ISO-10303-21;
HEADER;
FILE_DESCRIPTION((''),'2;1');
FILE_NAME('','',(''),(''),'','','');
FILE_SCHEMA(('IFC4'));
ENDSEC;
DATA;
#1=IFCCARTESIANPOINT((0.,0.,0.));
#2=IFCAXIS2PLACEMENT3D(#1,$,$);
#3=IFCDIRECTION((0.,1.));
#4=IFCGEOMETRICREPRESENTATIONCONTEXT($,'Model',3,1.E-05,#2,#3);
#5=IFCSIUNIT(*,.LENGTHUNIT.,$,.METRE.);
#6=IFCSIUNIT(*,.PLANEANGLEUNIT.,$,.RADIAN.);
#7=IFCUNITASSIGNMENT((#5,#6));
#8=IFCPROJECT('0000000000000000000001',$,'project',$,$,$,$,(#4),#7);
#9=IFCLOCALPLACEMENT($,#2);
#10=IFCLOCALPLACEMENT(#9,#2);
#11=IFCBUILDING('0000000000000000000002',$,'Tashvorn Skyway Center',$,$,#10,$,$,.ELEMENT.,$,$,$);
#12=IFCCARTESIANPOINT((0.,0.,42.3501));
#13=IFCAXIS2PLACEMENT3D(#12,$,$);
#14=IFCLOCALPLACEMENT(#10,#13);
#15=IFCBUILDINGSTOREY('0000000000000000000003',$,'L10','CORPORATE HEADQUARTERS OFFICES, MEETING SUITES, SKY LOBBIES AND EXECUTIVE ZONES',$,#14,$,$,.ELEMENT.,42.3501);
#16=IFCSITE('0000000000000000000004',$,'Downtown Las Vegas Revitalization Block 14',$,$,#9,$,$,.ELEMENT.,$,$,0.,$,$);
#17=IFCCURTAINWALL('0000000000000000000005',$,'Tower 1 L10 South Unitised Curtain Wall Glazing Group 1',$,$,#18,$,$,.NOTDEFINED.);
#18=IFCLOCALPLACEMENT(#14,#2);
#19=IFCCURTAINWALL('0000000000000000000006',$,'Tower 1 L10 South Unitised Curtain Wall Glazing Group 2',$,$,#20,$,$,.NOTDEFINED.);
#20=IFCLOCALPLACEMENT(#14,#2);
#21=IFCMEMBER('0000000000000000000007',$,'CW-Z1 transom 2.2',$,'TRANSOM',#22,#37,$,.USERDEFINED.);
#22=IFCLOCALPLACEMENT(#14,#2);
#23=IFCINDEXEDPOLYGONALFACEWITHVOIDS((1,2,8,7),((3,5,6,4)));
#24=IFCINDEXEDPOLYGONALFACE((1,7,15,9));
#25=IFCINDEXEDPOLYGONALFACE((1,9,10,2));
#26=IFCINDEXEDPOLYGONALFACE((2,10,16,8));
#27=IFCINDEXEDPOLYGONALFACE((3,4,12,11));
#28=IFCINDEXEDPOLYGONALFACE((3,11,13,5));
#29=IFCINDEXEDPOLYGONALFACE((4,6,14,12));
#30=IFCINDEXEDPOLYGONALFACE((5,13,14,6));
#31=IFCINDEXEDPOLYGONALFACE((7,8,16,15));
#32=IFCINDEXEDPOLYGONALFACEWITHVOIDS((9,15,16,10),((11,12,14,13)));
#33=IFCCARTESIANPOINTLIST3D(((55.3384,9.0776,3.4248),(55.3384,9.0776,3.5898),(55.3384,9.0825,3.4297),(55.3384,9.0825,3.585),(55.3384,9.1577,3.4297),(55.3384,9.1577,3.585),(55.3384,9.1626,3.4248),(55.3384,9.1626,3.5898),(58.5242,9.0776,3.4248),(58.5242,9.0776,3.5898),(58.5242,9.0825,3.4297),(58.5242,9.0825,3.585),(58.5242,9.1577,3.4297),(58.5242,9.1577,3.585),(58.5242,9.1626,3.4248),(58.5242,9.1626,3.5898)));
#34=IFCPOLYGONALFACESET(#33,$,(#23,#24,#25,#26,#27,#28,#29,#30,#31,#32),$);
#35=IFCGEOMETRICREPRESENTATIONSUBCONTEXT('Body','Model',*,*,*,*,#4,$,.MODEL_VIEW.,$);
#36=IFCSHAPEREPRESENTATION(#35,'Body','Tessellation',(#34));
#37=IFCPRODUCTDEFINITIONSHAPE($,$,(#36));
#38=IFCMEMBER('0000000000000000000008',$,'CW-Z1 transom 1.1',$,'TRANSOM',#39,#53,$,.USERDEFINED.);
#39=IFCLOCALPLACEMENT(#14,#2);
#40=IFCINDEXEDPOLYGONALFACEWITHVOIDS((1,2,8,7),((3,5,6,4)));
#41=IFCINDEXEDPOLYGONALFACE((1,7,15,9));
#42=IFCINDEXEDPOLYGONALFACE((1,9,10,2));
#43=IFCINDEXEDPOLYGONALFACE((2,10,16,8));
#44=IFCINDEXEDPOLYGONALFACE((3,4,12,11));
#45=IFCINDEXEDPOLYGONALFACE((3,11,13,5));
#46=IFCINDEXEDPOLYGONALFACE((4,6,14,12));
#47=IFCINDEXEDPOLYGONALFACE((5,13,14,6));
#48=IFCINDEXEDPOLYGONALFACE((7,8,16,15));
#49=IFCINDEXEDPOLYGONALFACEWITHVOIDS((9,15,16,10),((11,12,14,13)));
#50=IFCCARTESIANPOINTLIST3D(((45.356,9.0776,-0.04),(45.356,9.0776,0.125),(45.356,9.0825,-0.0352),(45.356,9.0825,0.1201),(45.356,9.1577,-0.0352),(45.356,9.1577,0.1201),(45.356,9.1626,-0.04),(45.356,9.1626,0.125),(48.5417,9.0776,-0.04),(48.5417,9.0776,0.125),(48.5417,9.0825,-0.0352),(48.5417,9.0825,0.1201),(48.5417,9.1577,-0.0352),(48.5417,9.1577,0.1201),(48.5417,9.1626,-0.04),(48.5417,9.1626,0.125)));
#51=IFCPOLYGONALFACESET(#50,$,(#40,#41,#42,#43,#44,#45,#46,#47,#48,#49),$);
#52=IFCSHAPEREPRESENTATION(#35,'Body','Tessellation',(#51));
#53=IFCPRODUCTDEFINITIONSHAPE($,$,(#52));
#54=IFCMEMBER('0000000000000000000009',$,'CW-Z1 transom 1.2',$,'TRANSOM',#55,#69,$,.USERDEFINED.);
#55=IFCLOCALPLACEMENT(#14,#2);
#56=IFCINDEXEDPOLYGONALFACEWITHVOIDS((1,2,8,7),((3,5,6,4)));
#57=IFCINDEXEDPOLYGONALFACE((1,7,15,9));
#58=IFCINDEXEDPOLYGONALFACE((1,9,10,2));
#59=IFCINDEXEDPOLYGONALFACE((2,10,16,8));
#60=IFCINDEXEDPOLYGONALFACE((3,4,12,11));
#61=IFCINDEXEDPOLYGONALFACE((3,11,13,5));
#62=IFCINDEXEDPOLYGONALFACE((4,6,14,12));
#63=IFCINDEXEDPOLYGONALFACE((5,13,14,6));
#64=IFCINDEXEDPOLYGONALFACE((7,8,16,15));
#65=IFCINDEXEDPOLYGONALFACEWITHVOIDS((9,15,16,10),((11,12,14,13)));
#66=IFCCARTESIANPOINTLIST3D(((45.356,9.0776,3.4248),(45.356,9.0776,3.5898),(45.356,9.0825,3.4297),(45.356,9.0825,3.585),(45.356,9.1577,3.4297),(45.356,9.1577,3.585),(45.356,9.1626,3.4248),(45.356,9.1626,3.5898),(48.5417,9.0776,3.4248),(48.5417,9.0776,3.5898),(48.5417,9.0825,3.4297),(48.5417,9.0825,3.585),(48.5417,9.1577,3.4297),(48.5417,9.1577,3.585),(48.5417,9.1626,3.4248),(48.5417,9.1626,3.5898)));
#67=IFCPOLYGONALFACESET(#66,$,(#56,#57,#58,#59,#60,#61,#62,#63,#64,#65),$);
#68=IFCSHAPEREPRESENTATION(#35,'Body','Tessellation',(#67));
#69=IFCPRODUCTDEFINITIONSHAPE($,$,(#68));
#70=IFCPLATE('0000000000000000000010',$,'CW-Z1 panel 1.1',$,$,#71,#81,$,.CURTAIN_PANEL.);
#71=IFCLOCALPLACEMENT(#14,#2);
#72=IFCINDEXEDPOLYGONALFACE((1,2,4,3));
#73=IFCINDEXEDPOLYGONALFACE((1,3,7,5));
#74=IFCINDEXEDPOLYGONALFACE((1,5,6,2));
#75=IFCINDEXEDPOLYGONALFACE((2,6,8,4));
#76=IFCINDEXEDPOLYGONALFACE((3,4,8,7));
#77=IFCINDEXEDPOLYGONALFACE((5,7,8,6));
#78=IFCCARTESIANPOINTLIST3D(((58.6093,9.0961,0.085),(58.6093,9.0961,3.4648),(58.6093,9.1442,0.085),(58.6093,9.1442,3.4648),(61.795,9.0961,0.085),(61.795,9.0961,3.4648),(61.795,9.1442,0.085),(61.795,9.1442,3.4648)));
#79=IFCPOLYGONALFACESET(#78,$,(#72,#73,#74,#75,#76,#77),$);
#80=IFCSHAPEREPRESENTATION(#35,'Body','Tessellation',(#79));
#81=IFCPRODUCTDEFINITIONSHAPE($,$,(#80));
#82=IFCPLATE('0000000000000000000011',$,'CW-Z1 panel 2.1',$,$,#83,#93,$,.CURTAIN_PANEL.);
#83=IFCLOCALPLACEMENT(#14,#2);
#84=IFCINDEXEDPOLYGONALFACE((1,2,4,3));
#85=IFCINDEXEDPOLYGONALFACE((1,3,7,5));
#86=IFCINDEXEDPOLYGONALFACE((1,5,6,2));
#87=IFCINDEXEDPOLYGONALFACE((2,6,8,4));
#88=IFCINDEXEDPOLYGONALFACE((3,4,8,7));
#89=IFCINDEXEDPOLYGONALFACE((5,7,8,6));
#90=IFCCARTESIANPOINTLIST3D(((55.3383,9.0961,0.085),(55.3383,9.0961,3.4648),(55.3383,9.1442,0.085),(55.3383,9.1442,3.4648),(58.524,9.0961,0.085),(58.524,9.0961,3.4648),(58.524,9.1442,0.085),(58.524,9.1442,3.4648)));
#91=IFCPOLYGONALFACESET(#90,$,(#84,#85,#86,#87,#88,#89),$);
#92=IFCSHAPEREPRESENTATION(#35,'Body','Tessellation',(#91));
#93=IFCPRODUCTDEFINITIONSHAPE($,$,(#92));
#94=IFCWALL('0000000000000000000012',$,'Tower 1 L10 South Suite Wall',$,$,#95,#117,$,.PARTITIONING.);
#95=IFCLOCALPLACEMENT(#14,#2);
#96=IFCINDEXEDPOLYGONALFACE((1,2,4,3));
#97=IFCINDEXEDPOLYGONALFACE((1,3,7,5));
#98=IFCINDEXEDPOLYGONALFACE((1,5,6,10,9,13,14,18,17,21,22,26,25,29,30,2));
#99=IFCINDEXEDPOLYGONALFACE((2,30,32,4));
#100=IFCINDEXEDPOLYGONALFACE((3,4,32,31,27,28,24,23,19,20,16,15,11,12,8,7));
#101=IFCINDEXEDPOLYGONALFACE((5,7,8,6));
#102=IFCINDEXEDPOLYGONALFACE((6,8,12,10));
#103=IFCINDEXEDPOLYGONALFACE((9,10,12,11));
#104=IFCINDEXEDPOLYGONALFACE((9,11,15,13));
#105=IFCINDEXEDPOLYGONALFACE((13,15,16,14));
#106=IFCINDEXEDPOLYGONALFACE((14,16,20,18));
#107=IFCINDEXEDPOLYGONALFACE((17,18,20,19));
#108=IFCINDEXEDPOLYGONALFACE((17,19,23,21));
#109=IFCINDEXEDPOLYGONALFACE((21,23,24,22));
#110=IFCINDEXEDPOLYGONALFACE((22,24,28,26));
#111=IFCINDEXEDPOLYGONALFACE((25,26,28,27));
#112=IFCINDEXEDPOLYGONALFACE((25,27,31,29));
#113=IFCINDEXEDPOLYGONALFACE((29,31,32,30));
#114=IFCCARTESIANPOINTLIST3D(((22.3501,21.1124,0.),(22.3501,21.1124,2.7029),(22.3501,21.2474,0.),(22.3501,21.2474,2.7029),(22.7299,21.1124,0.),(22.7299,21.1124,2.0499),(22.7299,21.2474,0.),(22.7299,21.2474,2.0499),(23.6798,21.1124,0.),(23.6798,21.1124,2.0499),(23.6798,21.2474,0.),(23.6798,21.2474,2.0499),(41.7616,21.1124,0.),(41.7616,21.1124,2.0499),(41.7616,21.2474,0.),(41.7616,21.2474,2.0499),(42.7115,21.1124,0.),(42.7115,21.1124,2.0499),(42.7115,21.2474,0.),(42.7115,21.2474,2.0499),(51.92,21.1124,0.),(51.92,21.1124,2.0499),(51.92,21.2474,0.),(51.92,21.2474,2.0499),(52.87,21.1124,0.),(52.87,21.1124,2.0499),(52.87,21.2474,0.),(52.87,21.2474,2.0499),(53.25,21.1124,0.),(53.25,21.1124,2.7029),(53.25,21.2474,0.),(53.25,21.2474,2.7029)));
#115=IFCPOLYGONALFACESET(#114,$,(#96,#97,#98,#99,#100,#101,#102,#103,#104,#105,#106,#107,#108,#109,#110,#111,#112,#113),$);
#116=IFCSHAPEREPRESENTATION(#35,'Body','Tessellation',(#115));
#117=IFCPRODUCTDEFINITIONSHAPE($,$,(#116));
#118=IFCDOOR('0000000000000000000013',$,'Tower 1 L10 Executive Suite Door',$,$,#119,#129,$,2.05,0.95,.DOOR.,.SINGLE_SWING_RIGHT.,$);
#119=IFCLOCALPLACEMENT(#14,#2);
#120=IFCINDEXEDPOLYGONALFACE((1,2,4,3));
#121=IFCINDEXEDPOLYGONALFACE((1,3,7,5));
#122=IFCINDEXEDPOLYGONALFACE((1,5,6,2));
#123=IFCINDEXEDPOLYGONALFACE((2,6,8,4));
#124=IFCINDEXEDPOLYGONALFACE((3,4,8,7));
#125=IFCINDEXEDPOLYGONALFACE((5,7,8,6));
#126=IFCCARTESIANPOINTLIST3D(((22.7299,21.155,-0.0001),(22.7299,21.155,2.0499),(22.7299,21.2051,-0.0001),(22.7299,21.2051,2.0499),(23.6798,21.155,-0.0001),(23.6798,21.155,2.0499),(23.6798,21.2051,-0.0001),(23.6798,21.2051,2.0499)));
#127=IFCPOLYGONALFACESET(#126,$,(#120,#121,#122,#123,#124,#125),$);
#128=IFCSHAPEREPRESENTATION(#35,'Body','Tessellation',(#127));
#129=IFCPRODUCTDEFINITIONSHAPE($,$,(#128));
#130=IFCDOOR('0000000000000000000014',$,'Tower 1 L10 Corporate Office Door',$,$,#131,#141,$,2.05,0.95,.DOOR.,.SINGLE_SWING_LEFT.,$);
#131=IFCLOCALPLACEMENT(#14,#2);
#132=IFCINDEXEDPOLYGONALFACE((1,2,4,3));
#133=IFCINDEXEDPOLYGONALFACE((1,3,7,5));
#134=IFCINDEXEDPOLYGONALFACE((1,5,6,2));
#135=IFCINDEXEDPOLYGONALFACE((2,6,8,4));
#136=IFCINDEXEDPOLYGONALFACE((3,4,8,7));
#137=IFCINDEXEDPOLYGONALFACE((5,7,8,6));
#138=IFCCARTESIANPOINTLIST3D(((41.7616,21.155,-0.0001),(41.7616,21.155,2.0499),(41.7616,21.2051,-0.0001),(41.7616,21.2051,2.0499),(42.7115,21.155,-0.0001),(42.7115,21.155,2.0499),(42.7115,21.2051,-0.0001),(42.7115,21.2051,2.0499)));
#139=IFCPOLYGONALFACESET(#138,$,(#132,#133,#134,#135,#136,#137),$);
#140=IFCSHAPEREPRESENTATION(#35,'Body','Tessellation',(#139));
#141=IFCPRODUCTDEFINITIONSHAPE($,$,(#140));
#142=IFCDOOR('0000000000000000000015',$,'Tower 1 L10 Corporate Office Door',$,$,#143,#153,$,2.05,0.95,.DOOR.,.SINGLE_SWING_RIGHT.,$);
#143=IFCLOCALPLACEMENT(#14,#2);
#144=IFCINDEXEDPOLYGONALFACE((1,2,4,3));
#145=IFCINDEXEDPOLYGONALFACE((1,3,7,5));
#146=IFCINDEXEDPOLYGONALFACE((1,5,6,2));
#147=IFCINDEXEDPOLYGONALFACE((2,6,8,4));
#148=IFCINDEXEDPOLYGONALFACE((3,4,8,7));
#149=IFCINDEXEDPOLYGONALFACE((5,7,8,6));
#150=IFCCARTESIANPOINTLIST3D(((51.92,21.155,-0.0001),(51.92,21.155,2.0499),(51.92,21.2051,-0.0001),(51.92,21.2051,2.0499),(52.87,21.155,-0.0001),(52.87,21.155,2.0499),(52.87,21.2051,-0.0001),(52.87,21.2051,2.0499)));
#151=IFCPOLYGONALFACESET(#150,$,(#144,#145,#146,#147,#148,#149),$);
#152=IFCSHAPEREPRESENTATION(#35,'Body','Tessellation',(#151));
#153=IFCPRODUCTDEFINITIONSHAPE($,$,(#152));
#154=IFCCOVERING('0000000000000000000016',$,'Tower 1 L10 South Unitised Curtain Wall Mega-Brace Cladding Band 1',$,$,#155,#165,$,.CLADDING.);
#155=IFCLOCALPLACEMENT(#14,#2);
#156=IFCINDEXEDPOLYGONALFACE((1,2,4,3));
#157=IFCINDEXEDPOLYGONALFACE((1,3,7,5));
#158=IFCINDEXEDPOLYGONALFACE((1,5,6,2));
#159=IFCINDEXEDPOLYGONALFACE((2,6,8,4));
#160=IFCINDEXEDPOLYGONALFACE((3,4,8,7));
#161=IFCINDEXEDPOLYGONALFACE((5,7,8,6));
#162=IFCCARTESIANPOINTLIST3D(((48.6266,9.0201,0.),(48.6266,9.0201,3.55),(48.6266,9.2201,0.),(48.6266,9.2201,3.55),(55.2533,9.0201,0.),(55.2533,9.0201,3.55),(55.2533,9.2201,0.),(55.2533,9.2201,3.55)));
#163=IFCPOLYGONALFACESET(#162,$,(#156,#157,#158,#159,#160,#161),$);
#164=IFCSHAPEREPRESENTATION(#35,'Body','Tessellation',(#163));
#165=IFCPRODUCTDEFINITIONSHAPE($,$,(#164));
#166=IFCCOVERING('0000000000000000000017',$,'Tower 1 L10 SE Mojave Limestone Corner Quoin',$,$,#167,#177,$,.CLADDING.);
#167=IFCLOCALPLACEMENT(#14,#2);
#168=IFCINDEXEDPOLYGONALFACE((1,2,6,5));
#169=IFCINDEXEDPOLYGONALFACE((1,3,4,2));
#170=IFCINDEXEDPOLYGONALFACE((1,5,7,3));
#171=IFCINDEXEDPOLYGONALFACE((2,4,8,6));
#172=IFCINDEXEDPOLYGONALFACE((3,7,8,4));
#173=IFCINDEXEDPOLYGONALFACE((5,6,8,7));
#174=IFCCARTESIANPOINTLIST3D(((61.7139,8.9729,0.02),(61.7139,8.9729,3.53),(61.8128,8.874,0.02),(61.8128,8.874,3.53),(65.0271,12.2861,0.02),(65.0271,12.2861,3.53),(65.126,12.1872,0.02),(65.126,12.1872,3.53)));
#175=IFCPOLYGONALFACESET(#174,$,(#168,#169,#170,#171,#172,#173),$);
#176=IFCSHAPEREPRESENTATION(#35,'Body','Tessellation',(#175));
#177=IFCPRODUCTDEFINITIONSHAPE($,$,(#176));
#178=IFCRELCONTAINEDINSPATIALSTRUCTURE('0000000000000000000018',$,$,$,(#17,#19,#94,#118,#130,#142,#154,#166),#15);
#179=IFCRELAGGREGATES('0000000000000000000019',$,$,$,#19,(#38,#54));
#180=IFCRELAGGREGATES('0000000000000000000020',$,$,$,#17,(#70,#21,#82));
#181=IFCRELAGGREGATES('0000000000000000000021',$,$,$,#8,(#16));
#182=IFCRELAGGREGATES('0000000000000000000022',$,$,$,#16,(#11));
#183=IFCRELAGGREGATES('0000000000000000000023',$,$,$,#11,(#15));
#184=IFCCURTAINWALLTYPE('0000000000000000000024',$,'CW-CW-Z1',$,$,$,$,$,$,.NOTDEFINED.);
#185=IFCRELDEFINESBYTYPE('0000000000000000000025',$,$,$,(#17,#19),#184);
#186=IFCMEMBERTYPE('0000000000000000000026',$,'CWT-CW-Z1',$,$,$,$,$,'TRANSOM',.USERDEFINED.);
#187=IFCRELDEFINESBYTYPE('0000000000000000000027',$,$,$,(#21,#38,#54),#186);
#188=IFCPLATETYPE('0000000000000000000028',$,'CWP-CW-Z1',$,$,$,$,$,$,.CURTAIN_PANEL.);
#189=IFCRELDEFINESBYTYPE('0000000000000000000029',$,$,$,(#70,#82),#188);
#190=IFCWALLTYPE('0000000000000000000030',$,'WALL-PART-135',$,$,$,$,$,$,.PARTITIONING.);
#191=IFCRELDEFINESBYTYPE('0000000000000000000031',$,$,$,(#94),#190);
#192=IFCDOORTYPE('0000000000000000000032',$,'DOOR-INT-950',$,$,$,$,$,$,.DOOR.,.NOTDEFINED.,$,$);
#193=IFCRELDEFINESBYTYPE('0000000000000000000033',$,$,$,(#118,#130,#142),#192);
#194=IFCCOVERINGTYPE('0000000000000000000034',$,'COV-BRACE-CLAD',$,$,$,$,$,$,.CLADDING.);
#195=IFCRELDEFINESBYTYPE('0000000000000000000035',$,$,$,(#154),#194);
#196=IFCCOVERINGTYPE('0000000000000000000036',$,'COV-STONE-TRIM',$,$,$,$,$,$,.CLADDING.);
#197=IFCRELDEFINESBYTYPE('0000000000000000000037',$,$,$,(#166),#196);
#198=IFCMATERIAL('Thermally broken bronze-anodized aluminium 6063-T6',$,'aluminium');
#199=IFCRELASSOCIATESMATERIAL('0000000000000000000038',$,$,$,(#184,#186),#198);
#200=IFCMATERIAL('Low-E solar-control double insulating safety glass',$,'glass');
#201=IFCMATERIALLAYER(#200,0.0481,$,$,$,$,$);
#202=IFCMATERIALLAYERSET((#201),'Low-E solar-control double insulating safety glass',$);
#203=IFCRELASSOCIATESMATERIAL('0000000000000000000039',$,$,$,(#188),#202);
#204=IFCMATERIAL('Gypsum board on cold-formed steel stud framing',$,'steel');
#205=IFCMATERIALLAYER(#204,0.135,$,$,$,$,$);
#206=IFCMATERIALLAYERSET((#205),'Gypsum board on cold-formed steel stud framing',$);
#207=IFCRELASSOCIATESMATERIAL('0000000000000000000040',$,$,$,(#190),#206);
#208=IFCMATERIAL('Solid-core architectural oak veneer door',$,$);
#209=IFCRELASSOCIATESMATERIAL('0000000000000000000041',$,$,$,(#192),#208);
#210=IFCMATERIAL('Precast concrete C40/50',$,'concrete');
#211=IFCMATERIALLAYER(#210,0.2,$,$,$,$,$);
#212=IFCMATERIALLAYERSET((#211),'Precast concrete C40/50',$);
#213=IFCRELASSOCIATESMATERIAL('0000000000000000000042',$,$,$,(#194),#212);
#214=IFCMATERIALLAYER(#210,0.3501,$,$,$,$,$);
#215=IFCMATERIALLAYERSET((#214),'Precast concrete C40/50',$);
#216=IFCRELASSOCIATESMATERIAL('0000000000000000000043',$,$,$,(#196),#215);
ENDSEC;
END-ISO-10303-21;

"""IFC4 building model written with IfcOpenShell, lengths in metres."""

from ifc_helpers import new_model, si_unit, direction, frame, frame_2d, origin, origin_2d, place, context, subcontext, project, spatial, rectangle, hollow_rectangle, extrude, material, layer, layer_set, material_profile, profile_set, type_object, element, fill, aggregate, save


model = new_model("IFC4")

# Units and contexts
model_context = context("Model", 3, precision=1e-05, world=origin(), true_north=direction((0.0, 1.0)))
body_context = subcontext(model_context, "Body", "Model", "MODEL_VIEW")
ifc_project = project(units=[si_unit("LENGTHUNIT", "METRE"), si_unit("PLANEANGLEUNIT", "RADIAN")], contexts=[model_context])

# Site, building, storey
site_placement = place(None, origin())
site = spatial("IfcSite", under=ifc_project, at=site_placement, Name="Downtown Las Vegas Revitalization Block 14", CompositionType="ELEMENT", RefElevation=0.0)
building_placement = place(site_placement, origin())
building = spatial("IfcBuilding", under=site, at=building_placement, Name="Tashvorn Skyway Center", CompositionType="ELEMENT")
storey_placement = place(building_placement, frame((0.0, 0.0, 42.3501)))
storey = spatial("IfcBuildingStorey", under=building, at=storey_placement, Name="L10", Description="CORPORATE HEADQUARTERS OFFICES, MEETING SUITES, SKY LOBBIES AND EXECUTIVE ZONES", CompositionType="ELEMENT", Elevation=42.3501)

# Curtain wall
ifc_material_1 = material(Name="Thermally broken bronze-anodized aluminium 6063-T6", Category="aluminium")
curtain_wall_type = type_object("IfcCurtainWallType", Name="CW-CW-Z1", PredefinedType="NOTDEFINED", material=ifc_material_1)
curtain_wall_1_placement = place(storey_placement, origin())
curtain_wall_1 = element("IfcCurtainWall", 1, at=curtain_wall_1_placement, inside=storey, type_object=curtain_wall_type, Name="Tower 1 L10 South Unitised Curtain Wall Glazing Group 1", PredefinedType="NOTDEFINED")

# Curtain wall
curtain_wall_2_placement = place(storey_placement, origin())
curtain_wall_2 = element("IfcCurtainWall", 2, at=curtain_wall_2_placement, inside=storey, type_object=curtain_wall_type, Name="Tower 1 L10 South Unitised Curtain Wall Glazing Group 2", PredefinedType="NOTDEFINED")

# Members
ifc_material_profile_1 = material_profile(ifc_material_1, hollow_rectangle(XDim=0.085, YDim=0.165, WallThickness=0.0049, at=origin_2d()), Name="ALU-TRAN-85x165")
ifc_profile_set_1 = profile_set([ifc_material_profile_1], Name="Thermally broken bronze-anodized aluminium 6063-T6")
member_type_1 = type_object("IfcMemberType", Name="CWT-CW-Z1", ElementType="TRANSOM", PredefinedType="USERDEFINED", material=ifc_profile_set_1)
member_1_placement = place(storey_placement, frame((58.5242, 9.1201, 3.5073), z_axis=(-1.0, 0.0, 0.0), x_axis=(0.0, -1.0, 0.0)))
member_1 = element("IfcMember", 3, at=member_1_placement, type_object=member_type_1, Name="CW-Z1 transom 2.2", ObjectType="TRANSOM", PredefinedType="USERDEFINED", context=body_context, shape_type="SweptSolid", body=[
    extrude(hollow_rectangle(XDim=0.085, YDim=0.165, WallThickness=0.0049, at=origin_2d()), origin(), (0.0, 0.0, 1.0), 3.1858),
])
member_2_placement = place(storey_placement, frame((48.5417, 9.1201, 0.0425), z_axis=(-1.0, 0.0, 0.0), x_axis=(0.0, -1.0, 0.0)))
member_2 = element("IfcMember", 4, at=member_2_placement, type_object=member_type_1, Name="CW-Z1 transom 1.1", ObjectType="TRANSOM", PredefinedType="USERDEFINED", context=body_context, shape_type="SweptSolid", body=[
    extrude(hollow_rectangle(XDim=0.085, YDim=0.165, WallThickness=0.0049, at=origin_2d()), origin(), (0.0, 0.0, 1.0), 3.1858),
])
member_3_placement = place(storey_placement, frame((48.5417, 9.1201, 3.5073), z_axis=(-1.0, 0.0, 0.0), x_axis=(0.0, -1.0, 0.0)))
member_3 = element("IfcMember", 5, at=member_3_placement, type_object=member_type_1, Name="CW-Z1 transom 1.2", ObjectType="TRANSOM", PredefinedType="USERDEFINED", context=body_context, shape_type="SweptSolid", body=[
    extrude(hollow_rectangle(XDim=0.085, YDim=0.165, WallThickness=0.0049, at=origin_2d()), origin(), (0.0, 0.0, 1.0), 3.1858),
])
aggregate(curtain_wall_2, [member_2, member_3])

# Plates
ifc_material_2 = material(Name="Low-E solar-control double insulating safety glass", Category="glass")
ifc_layer_1 = layer(ifc_material_2, 0.0481)
ifc_layer_set_1 = layer_set([ifc_layer_1], Name="Low-E solar-control double insulating safety glass")
plate_type = type_object("IfcPlateType", Name="CWP-CW-Z1", PredefinedType="CURTAIN_PANEL", material=ifc_layer_set_1)
plate_1_placement = place(storey_placement, frame((60.2021, 9.1201, 0.085), z_axis=(0.0, 0.0, 1.0), x_axis=(-1.0, 0.0, 0.0)))
plate_1 = element("IfcPlate", 6, at=plate_1_placement, type_object=plate_type, Name="CW-Z1 panel 1.1", PredefinedType="CURTAIN_PANEL", context=body_context, shape_type="SweptSolid", body=[
    extrude(rectangle(XDim=3.1858, YDim=0.0481, at=origin_2d()), origin(), (0.0, 0.0, 1.0), 3.3799),
])
plate_2_placement = place(storey_placement, frame((56.9312, 9.1201, 0.085), z_axis=(0.0, 0.0, 1.0), x_axis=(-1.0, 0.0, 0.0)))
plate_2 = element("IfcPlate", 7, at=plate_2_placement, type_object=plate_type, Name="CW-Z1 panel 2.1", PredefinedType="CURTAIN_PANEL", context=body_context, shape_type="SweptSolid", body=[
    extrude(rectangle(XDim=3.1858, YDim=0.0481, at=origin_2d()), origin(), (0.0, 0.0, 1.0), 3.3799),
])
aggregate(curtain_wall_1, [plate_1, member_1, plate_2])

# Wall, openings, doors
ifc_material_3 = material(Name="Gypsum board on cold-formed steel stud framing", Category="steel")
ifc_layer_2 = layer(ifc_material_3, 0.135)
ifc_layer_set_2 = layer_set([ifc_layer_2], Name="Gypsum board on cold-formed steel stud framing")
wall_type = type_object("IfcWallType", Name="WALL-PART-135", PredefinedType="PARTITIONING", material=ifc_layer_set_2)
wall_placement = place(storey_placement, frame((53.25, 21.1799, 0.0), z_axis=(0.0, 0.0, 1.0), x_axis=(-1.0, 0.0, 0.0)))
wall = element("IfcWall", 8, at=wall_placement, inside=storey, type_object=wall_type, Name="Tower 1 L10 South Suite Wall", PredefinedType="PARTITIONING", context=body_context, shape_type="SweptSolid", body=[
    extrude(rectangle(XDim=30.8999, YDim=0.135, at=frame_2d((15.45, 0.0))), origin(), (0.0, 0.0, 1.0), 2.7029),
])
opening_1_placement = place(wall_placement, frame((29.5701, 0.0, 0.0)))
opening_1 = element("IfcOpeningElement", 9, at=opening_1_placement, cuts=wall, PredefinedType="OPENING", context=body_context, shape_type="SweptSolid", body=[
    extrude(rectangle(XDim=0.95, YDim=2.05, at=frame_2d((0.4751, 1.0249))), frame((0.0, 0.0774, 0.0), z_axis=(0.0, -1.0, 0.0), x_axis=(1.0, 0.0, 0.0)), (0.0, 0.0, 1.0), 0.155),
])
opening_2_placement = place(wall_placement, frame((10.5383, 0.0, 0.0)))
opening_2 = element("IfcOpeningElement", 10, at=opening_2_placement, cuts=wall, PredefinedType="OPENING", context=body_context, shape_type="SweptSolid", body=[
    extrude(rectangle(XDim=0.95, YDim=2.05, at=frame_2d((0.4751, 1.0249))), frame((0.0, 0.0774, 0.0), z_axis=(0.0, -1.0, 0.0), x_axis=(1.0, 0.0, 0.0)), (0.0, 0.0, 1.0), 0.155),
])
opening_3_placement = place(wall_placement, frame((0.3799, 0.0, 0.0)))
opening_3 = element("IfcOpeningElement", 11, at=opening_3_placement, cuts=wall, PredefinedType="OPENING", context=body_context, shape_type="SweptSolid", body=[
    extrude(rectangle(XDim=0.95, YDim=2.05, at=frame_2d((0.4751, 1.0249))), frame((0.0, 0.0774, 0.0), z_axis=(0.0, -1.0, 0.0), x_axis=(1.0, 0.0, 0.0)), (0.0, 0.0, 1.0), 0.155),
])
ifc_material_4 = material(Name="Solid-core architectural oak veneer door")
door_type = type_object("IfcDoorType", Name="DOOR-INT-950", OperationType="NOTDEFINED", PredefinedType="DOOR", material=ifc_material_4)
door_1_placement = place(opening_1_placement, origin())
door_1 = element("IfcDoor", 12, at=door_1_placement, inside=storey, type_object=door_type, Name="Tower 1 L10 Executive Suite Door", OperationType="SINGLE_SWING_RIGHT", OverallHeight=2.05, OverallWidth=0.95, PredefinedType="DOOR", context=body_context, shape_type="SweptSolid", body=[
    extrude(rectangle(XDim=0.95, YDim=2.05, at=frame_2d((0.4751, 1.0249))), frame((0.0, 0.0249, 0.0), z_axis=(0.0, -1.0, 0.0), x_axis=(1.0, 0.0, 0.0)), (0.0, 0.0, 1.0), 0.05),
])
fill(opening_1, door_1)
door_2_placement = place(opening_2_placement, origin())
door_2 = element("IfcDoor", 13, at=door_2_placement, inside=storey, type_object=door_type, Name="Tower 1 L10 Corporate Office Door", OperationType="SINGLE_SWING_LEFT", OverallHeight=2.05, OverallWidth=0.95, PredefinedType="DOOR", context=body_context, shape_type="SweptSolid", body=[
    extrude(rectangle(XDim=0.95, YDim=2.05, at=frame_2d((0.4751, 1.0249))), frame((0.0, 0.0249, 0.0), z_axis=(0.0, -1.0, 0.0), x_axis=(1.0, 0.0, 0.0)), (0.0, 0.0, 1.0), 0.05),
])
fill(opening_2, door_2)
door_3_placement = place(opening_3_placement, origin())
door_3 = element("IfcDoor", 14, at=door_3_placement, inside=storey, type_object=door_type, Name="Tower 1 L10 Corporate Office Door", OperationType="SINGLE_SWING_RIGHT", OverallHeight=2.05, OverallWidth=0.95, PredefinedType="DOOR", context=body_context, shape_type="SweptSolid", body=[
    extrude(rectangle(XDim=0.95, YDim=2.05, at=frame_2d((0.4751, 1.0249))), frame((0.0, 0.0249, 0.0), z_axis=(0.0, -1.0, 0.0), x_axis=(1.0, 0.0, 0.0)), (0.0, 0.0, 1.0), 0.05),
])
fill(opening_3, door_3)

# Coverings
ifc_material_5 = material(Name="Precast concrete C40/50", Category="concrete")
ifc_layer_3 = layer(ifc_material_5, 0.2)
ifc_layer_set_3 = layer_set([ifc_layer_3], Name="Precast concrete C40/50")
covering_type_1 = type_object("IfcCoveringType", Name="COV-BRACE-CLAD", PredefinedType="CLADDING", material=ifc_layer_set_3)
covering_1_placement = place(storey_placement, frame((51.9399, 9.1201, 0.0), z_axis=(0.0, 0.0, 1.0), x_axis=(-1.0, 0.0, 0.0)))
element("IfcCovering", 15, at=covering_1_placement, inside=storey, type_object=covering_type_1, Name="Tower 1 L10 South Unitised Curtain Wall Mega-Brace Cladding Band 1", PredefinedType="CLADDING", context=body_context, shape_type="SweptSolid", body=[
    extrude(rectangle(XDim=6.6267, YDim=0.2, at=origin_2d()), origin(), (0.0, 0.0, 1.0), 3.55),
])
ifc_layer_4 = layer(ifc_material_5, 0.3501)
ifc_layer_set_4 = layer_set([ifc_layer_4], Name="Precast concrete C40/50")
covering_type_2 = type_object("IfcCoveringType", Name="COV-STONE-TRIM", PredefinedType="CLADDING", material=ifc_layer_set_4)
covering_2_placement = place(storey_placement, frame((63.4199, 10.5801, 0.02), z_axis=(0.0, 0.0, 1.0), x_axis=(0.707107, 0.707107, 0.0)))
element("IfcCovering", 16, at=covering_2_placement, inside=storey, type_object=covering_type_2, Name="Tower 1 L10 SE Mojave Limestone Corner Quoin", PredefinedType="CLADDING", context=body_context, shape_type="SweptSolid", body=[
    extrude(rectangle(XDim=4.6855, YDim=0.1399, at=origin_2d()), origin(), (0.0, 0.0, 1.0), 3.51),
])

save(model, "model.ifc")
